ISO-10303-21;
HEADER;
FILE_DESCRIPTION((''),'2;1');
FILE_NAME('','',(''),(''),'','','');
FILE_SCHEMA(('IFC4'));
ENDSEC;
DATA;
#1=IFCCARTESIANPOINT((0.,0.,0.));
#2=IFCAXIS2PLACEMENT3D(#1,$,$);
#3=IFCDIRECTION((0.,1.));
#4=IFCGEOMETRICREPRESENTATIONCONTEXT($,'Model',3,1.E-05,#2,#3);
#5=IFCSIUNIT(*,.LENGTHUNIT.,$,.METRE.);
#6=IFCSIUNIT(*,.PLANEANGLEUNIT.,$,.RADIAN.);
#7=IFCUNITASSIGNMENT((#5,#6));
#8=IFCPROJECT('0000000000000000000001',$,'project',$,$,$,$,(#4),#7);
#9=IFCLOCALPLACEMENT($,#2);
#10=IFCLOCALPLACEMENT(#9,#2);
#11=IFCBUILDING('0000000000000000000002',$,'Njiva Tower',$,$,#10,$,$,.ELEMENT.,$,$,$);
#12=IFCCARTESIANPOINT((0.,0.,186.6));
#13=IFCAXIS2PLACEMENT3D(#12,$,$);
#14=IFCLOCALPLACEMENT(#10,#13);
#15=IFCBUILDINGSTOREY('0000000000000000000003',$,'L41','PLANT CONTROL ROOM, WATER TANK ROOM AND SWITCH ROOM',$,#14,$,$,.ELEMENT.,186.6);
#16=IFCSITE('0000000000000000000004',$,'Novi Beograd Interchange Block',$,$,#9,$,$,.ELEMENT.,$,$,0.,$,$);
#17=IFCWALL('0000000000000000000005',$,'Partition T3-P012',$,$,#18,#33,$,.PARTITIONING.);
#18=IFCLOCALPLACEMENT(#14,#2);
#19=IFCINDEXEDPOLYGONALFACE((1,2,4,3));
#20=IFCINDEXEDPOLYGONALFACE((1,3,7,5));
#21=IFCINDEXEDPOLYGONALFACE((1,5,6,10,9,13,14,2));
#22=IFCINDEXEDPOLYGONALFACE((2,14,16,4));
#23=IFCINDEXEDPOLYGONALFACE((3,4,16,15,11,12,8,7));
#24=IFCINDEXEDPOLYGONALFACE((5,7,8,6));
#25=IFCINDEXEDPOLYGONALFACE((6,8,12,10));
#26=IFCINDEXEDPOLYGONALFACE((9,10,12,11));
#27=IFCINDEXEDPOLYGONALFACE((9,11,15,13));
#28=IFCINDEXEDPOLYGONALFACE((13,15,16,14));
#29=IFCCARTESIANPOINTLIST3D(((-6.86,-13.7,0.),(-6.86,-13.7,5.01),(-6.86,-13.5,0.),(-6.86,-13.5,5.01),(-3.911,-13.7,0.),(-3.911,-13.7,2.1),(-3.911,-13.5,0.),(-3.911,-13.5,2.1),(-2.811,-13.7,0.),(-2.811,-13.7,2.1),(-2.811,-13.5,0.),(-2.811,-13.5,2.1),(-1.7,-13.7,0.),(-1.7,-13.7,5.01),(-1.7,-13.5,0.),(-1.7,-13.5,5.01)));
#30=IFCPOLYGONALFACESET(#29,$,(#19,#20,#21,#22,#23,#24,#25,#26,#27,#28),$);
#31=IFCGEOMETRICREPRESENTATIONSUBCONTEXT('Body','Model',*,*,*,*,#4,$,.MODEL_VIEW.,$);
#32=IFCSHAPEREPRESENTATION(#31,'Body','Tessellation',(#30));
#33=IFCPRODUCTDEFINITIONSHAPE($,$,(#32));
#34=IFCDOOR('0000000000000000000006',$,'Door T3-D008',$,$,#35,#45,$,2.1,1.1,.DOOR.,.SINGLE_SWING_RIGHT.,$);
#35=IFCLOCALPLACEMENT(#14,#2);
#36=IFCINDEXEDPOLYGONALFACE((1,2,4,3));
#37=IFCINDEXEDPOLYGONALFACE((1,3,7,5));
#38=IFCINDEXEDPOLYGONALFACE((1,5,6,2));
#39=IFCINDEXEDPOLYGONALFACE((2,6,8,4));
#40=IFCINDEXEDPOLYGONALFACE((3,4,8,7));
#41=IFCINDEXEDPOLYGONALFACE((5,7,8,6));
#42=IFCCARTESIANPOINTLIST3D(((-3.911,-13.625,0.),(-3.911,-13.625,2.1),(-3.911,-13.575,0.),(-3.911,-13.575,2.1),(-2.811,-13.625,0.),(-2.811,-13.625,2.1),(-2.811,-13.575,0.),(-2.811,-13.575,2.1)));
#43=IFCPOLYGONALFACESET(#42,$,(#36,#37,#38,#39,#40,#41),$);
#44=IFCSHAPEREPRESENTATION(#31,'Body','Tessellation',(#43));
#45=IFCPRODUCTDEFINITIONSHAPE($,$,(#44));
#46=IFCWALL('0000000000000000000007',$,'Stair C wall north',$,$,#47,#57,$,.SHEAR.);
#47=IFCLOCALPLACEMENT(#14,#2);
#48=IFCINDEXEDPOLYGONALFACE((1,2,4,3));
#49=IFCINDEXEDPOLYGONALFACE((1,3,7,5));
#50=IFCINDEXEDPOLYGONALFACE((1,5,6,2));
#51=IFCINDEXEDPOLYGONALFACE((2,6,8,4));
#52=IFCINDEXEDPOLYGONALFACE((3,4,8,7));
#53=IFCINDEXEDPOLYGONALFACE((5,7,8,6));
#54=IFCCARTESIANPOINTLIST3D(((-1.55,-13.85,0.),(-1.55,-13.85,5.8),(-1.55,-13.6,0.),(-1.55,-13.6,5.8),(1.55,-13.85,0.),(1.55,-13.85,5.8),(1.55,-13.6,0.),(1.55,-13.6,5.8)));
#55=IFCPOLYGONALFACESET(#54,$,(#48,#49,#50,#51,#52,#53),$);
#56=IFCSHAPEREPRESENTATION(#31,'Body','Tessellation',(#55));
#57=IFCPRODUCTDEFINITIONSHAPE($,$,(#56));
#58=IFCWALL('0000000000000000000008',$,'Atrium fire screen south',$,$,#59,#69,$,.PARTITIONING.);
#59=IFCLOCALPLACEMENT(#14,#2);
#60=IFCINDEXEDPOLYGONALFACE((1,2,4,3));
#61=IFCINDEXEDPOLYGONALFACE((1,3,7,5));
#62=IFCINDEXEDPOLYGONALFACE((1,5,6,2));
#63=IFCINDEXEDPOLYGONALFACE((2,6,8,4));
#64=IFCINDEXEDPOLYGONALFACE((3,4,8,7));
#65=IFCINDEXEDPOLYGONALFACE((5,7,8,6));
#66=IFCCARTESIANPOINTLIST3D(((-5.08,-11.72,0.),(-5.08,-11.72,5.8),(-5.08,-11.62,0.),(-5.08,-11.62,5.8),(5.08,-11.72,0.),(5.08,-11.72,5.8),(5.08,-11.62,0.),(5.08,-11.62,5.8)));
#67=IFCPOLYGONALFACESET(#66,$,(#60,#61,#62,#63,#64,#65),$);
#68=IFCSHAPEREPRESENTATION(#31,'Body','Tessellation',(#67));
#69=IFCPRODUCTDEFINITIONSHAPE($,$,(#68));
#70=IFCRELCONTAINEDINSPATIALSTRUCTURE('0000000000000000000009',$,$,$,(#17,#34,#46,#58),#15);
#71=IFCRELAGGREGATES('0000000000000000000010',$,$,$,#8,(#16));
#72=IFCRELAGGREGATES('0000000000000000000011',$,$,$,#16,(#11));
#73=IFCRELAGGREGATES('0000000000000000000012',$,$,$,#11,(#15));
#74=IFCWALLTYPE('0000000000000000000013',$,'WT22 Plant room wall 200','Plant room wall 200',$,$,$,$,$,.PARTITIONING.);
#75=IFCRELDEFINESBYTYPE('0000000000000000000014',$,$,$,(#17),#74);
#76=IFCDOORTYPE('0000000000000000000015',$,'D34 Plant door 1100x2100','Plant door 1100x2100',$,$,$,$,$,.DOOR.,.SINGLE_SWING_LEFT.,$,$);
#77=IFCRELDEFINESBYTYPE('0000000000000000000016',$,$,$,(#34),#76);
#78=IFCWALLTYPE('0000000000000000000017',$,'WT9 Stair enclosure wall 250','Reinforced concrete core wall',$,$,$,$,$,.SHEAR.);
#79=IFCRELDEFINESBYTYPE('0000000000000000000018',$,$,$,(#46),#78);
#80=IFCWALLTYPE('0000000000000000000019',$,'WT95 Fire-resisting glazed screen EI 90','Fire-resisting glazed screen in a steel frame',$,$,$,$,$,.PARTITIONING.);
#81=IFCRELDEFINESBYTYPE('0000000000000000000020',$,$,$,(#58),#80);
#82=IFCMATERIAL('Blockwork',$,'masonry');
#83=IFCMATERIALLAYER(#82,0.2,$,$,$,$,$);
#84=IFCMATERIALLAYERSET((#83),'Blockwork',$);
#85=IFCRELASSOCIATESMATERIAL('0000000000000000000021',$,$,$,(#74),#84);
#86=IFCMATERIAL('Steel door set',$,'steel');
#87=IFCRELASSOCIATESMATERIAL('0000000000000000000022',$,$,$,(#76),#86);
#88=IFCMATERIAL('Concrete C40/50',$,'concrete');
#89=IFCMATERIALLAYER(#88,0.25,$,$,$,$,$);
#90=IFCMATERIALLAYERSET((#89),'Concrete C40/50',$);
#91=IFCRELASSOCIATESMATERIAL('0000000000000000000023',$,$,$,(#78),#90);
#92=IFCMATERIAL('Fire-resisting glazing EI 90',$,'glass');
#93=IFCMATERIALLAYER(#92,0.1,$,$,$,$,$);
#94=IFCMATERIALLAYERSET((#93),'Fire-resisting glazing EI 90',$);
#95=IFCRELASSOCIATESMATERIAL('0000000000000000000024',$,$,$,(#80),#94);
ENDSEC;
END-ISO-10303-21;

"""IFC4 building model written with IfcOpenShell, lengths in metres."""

from ifc_helpers import new_model, si_unit, direction, frame, frame_2d, origin, place, context, subcontext, project, spatial, rectangle, extrude, material, layer, layer_set, type_object, element, fill, save


model = new_model("IFC4")

# Units and contexts
model_context = context("Model", 3, precision=1e-05, world=origin(), true_north=direction((0.0, 1.0)))
body_context = subcontext(model_context, "Body", "Model", "MODEL_VIEW")
ifc_project = project(units=[si_unit("LENGTHUNIT", "METRE"), si_unit("PLANEANGLEUNIT", "RADIAN")], contexts=[model_context])

# Site, building, storey
site_placement = place(None, origin())
site = spatial("IfcSite", under=ifc_project, at=site_placement, Name="Novi Beograd Interchange Block", CompositionType="ELEMENT", RefElevation=0.0)
building_placement = place(site_placement, origin())
building = spatial("IfcBuilding", under=site, at=building_placement, Name="Njiva Tower", CompositionType="ELEMENT")
storey_placement = place(building_placement, frame((0.0, 0.0, 186.6)))
storey = spatial("IfcBuildingStorey", under=building, at=storey_placement, Name="L41", Description="PLANT CONTROL ROOM, WATER TANK ROOM AND SWITCH ROOM", CompositionType="ELEMENT", Elevation=186.6)

# Shared definitions
ifc_material_1 = material(Name="Blockwork", Category="masonry")
ifc_layer_1 = layer(ifc_material_1, 0.2)
ifc_layer_set_1 = layer_set([ifc_layer_1], Name="Blockwork")
wall_type_1 = type_object("IfcWallType", Name="WT22 Plant room wall 200", Description="Plant room wall 200", PredefinedType="PARTITIONING", material=ifc_layer_set_1)

# Shared definitions
ifc_material_2 = material(Name="Steel door set", Category="steel")
door_type = type_object("IfcDoorType", Name="D34 Plant door 1100x2100", Description="Plant door 1100x2100", OperationType="SINGLE_SWING_LEFT", PredefinedType="DOOR", material=ifc_material_2)

# Wall, opening, door
wall_1_placement = place(storey_placement, frame((-6.86, -13.6, 0.0), z_axis=(0.0, 0.0, 1.0), x_axis=(1.0, 0.0, 0.0)))
wall_1 = element("IfcWall", 1, at=wall_1_placement, inside=storey, type_object=wall_type_1, Name="Partition T3-P012", PredefinedType="PARTITIONING", context=body_context, shape_type="SweptSolid", body=[
    extrude(rectangle(XDim=5.16, YDim=0.2, at=frame_2d((2.58, 0.0))), origin(), (0.0, 0.0, 1.0), 5.01),
])
opening_1_placement = place(wall_1_placement, frame((2.949, 0.0, 0.0)))
opening_1 = element("IfcOpeningElement", 2, at=opening_1_placement, cuts=wall_1, PredefinedType="OPENING", context=body_context, shape_type="SweptSolid", body=[
    extrude(rectangle(XDim=1.1, YDim=2.1, at=frame_2d((0.55, 1.05))), frame((0.0, 0.11, 0.0), z_axis=(0.0, -1.0, 0.0), x_axis=(1.0, 0.0, 0.0)), (0.0, 0.0, 1.0), 0.22),
])
door_1_placement = place(opening_1_placement, origin())
door_1 = element("IfcDoor", 3, at=door_1_placement, inside=storey, type_object=door_type, Name="Door T3-D008", OperationType="SINGLE_SWING_RIGHT", OverallHeight=2.1, OverallWidth=1.1, PredefinedType="DOOR", context=body_context, shape_type="SweptSolid", body=[
    extrude(rectangle(XDim=1.1, YDim=2.1, at=frame_2d((0.55, 1.05))), frame((0.0, 0.025, 0.0), z_axis=(0.0, -1.0, 0.0), x_axis=(1.0, 0.0, 0.0)), (0.0, 0.0, 1.0), 0.05),
])
fill(opening_1, door_1)

# Walls
ifc_material_3 = material(Name="Concrete C40/50", Category="concrete")
ifc_layer_2 = layer(ifc_material_3, 0.25)
ifc_layer_set_2 = layer_set([ifc_layer_2], Name="Concrete C40/50")
wall_type_2 = type_object("IfcWallType", Name="WT9 Stair enclosure wall 250", Description="Reinforced concrete core wall", PredefinedType="SHEAR", material=ifc_layer_set_2)
wall_2_placement = place(storey_placement, frame((-1.55, -13.725, 0.0), z_axis=(0.0, 0.0, 1.0), x_axis=(1.0, 0.0, 0.0)))
element("IfcWall", 4, at=wall_2_placement, inside=storey, type_object=wall_type_2, Name="Stair C wall north", PredefinedType="SHEAR", context=body_context, shape_type="SweptSolid", body=[
    extrude(rectangle(XDim=3.1, YDim=0.25, at=frame_2d((1.55, 0.0))), origin(), (0.0, 0.0, 1.0), 5.8),
])
ifc_material_4 = material(Name="Fire-resisting glazing EI 90", Category="glass")
ifc_layer_3 = layer(ifc_material_4, 0.1)
ifc_layer_set_3 = layer_set([ifc_layer_3], Name="Fire-resisting glazing EI 90")
wall_type_3 = type_object("IfcWallType", Name="WT95 Fire-resisting glazed screen EI 90", Description="Fire-resisting glazed screen in a steel frame", PredefinedType="PARTITIONING", material=ifc_layer_set_3)
wall_3_placement = place(storey_placement, frame((-5.08, -11.67, 0.0), z_axis=(0.0, 0.0, 1.0), x_axis=(1.0, 0.0, 0.0)))
element("IfcWall", 5, at=wall_3_placement, inside=storey, type_object=wall_type_3, Name="Atrium fire screen south", PredefinedType="PARTITIONING", context=body_context, shape_type="SweptSolid", body=[
    extrude(rectangle(XDim=10.16, YDim=0.1, at=frame_2d((5.08, 0.0))), origin(), (0.0, 0.0, 1.0), 5.8),
])

save(model, "model.ifc")
